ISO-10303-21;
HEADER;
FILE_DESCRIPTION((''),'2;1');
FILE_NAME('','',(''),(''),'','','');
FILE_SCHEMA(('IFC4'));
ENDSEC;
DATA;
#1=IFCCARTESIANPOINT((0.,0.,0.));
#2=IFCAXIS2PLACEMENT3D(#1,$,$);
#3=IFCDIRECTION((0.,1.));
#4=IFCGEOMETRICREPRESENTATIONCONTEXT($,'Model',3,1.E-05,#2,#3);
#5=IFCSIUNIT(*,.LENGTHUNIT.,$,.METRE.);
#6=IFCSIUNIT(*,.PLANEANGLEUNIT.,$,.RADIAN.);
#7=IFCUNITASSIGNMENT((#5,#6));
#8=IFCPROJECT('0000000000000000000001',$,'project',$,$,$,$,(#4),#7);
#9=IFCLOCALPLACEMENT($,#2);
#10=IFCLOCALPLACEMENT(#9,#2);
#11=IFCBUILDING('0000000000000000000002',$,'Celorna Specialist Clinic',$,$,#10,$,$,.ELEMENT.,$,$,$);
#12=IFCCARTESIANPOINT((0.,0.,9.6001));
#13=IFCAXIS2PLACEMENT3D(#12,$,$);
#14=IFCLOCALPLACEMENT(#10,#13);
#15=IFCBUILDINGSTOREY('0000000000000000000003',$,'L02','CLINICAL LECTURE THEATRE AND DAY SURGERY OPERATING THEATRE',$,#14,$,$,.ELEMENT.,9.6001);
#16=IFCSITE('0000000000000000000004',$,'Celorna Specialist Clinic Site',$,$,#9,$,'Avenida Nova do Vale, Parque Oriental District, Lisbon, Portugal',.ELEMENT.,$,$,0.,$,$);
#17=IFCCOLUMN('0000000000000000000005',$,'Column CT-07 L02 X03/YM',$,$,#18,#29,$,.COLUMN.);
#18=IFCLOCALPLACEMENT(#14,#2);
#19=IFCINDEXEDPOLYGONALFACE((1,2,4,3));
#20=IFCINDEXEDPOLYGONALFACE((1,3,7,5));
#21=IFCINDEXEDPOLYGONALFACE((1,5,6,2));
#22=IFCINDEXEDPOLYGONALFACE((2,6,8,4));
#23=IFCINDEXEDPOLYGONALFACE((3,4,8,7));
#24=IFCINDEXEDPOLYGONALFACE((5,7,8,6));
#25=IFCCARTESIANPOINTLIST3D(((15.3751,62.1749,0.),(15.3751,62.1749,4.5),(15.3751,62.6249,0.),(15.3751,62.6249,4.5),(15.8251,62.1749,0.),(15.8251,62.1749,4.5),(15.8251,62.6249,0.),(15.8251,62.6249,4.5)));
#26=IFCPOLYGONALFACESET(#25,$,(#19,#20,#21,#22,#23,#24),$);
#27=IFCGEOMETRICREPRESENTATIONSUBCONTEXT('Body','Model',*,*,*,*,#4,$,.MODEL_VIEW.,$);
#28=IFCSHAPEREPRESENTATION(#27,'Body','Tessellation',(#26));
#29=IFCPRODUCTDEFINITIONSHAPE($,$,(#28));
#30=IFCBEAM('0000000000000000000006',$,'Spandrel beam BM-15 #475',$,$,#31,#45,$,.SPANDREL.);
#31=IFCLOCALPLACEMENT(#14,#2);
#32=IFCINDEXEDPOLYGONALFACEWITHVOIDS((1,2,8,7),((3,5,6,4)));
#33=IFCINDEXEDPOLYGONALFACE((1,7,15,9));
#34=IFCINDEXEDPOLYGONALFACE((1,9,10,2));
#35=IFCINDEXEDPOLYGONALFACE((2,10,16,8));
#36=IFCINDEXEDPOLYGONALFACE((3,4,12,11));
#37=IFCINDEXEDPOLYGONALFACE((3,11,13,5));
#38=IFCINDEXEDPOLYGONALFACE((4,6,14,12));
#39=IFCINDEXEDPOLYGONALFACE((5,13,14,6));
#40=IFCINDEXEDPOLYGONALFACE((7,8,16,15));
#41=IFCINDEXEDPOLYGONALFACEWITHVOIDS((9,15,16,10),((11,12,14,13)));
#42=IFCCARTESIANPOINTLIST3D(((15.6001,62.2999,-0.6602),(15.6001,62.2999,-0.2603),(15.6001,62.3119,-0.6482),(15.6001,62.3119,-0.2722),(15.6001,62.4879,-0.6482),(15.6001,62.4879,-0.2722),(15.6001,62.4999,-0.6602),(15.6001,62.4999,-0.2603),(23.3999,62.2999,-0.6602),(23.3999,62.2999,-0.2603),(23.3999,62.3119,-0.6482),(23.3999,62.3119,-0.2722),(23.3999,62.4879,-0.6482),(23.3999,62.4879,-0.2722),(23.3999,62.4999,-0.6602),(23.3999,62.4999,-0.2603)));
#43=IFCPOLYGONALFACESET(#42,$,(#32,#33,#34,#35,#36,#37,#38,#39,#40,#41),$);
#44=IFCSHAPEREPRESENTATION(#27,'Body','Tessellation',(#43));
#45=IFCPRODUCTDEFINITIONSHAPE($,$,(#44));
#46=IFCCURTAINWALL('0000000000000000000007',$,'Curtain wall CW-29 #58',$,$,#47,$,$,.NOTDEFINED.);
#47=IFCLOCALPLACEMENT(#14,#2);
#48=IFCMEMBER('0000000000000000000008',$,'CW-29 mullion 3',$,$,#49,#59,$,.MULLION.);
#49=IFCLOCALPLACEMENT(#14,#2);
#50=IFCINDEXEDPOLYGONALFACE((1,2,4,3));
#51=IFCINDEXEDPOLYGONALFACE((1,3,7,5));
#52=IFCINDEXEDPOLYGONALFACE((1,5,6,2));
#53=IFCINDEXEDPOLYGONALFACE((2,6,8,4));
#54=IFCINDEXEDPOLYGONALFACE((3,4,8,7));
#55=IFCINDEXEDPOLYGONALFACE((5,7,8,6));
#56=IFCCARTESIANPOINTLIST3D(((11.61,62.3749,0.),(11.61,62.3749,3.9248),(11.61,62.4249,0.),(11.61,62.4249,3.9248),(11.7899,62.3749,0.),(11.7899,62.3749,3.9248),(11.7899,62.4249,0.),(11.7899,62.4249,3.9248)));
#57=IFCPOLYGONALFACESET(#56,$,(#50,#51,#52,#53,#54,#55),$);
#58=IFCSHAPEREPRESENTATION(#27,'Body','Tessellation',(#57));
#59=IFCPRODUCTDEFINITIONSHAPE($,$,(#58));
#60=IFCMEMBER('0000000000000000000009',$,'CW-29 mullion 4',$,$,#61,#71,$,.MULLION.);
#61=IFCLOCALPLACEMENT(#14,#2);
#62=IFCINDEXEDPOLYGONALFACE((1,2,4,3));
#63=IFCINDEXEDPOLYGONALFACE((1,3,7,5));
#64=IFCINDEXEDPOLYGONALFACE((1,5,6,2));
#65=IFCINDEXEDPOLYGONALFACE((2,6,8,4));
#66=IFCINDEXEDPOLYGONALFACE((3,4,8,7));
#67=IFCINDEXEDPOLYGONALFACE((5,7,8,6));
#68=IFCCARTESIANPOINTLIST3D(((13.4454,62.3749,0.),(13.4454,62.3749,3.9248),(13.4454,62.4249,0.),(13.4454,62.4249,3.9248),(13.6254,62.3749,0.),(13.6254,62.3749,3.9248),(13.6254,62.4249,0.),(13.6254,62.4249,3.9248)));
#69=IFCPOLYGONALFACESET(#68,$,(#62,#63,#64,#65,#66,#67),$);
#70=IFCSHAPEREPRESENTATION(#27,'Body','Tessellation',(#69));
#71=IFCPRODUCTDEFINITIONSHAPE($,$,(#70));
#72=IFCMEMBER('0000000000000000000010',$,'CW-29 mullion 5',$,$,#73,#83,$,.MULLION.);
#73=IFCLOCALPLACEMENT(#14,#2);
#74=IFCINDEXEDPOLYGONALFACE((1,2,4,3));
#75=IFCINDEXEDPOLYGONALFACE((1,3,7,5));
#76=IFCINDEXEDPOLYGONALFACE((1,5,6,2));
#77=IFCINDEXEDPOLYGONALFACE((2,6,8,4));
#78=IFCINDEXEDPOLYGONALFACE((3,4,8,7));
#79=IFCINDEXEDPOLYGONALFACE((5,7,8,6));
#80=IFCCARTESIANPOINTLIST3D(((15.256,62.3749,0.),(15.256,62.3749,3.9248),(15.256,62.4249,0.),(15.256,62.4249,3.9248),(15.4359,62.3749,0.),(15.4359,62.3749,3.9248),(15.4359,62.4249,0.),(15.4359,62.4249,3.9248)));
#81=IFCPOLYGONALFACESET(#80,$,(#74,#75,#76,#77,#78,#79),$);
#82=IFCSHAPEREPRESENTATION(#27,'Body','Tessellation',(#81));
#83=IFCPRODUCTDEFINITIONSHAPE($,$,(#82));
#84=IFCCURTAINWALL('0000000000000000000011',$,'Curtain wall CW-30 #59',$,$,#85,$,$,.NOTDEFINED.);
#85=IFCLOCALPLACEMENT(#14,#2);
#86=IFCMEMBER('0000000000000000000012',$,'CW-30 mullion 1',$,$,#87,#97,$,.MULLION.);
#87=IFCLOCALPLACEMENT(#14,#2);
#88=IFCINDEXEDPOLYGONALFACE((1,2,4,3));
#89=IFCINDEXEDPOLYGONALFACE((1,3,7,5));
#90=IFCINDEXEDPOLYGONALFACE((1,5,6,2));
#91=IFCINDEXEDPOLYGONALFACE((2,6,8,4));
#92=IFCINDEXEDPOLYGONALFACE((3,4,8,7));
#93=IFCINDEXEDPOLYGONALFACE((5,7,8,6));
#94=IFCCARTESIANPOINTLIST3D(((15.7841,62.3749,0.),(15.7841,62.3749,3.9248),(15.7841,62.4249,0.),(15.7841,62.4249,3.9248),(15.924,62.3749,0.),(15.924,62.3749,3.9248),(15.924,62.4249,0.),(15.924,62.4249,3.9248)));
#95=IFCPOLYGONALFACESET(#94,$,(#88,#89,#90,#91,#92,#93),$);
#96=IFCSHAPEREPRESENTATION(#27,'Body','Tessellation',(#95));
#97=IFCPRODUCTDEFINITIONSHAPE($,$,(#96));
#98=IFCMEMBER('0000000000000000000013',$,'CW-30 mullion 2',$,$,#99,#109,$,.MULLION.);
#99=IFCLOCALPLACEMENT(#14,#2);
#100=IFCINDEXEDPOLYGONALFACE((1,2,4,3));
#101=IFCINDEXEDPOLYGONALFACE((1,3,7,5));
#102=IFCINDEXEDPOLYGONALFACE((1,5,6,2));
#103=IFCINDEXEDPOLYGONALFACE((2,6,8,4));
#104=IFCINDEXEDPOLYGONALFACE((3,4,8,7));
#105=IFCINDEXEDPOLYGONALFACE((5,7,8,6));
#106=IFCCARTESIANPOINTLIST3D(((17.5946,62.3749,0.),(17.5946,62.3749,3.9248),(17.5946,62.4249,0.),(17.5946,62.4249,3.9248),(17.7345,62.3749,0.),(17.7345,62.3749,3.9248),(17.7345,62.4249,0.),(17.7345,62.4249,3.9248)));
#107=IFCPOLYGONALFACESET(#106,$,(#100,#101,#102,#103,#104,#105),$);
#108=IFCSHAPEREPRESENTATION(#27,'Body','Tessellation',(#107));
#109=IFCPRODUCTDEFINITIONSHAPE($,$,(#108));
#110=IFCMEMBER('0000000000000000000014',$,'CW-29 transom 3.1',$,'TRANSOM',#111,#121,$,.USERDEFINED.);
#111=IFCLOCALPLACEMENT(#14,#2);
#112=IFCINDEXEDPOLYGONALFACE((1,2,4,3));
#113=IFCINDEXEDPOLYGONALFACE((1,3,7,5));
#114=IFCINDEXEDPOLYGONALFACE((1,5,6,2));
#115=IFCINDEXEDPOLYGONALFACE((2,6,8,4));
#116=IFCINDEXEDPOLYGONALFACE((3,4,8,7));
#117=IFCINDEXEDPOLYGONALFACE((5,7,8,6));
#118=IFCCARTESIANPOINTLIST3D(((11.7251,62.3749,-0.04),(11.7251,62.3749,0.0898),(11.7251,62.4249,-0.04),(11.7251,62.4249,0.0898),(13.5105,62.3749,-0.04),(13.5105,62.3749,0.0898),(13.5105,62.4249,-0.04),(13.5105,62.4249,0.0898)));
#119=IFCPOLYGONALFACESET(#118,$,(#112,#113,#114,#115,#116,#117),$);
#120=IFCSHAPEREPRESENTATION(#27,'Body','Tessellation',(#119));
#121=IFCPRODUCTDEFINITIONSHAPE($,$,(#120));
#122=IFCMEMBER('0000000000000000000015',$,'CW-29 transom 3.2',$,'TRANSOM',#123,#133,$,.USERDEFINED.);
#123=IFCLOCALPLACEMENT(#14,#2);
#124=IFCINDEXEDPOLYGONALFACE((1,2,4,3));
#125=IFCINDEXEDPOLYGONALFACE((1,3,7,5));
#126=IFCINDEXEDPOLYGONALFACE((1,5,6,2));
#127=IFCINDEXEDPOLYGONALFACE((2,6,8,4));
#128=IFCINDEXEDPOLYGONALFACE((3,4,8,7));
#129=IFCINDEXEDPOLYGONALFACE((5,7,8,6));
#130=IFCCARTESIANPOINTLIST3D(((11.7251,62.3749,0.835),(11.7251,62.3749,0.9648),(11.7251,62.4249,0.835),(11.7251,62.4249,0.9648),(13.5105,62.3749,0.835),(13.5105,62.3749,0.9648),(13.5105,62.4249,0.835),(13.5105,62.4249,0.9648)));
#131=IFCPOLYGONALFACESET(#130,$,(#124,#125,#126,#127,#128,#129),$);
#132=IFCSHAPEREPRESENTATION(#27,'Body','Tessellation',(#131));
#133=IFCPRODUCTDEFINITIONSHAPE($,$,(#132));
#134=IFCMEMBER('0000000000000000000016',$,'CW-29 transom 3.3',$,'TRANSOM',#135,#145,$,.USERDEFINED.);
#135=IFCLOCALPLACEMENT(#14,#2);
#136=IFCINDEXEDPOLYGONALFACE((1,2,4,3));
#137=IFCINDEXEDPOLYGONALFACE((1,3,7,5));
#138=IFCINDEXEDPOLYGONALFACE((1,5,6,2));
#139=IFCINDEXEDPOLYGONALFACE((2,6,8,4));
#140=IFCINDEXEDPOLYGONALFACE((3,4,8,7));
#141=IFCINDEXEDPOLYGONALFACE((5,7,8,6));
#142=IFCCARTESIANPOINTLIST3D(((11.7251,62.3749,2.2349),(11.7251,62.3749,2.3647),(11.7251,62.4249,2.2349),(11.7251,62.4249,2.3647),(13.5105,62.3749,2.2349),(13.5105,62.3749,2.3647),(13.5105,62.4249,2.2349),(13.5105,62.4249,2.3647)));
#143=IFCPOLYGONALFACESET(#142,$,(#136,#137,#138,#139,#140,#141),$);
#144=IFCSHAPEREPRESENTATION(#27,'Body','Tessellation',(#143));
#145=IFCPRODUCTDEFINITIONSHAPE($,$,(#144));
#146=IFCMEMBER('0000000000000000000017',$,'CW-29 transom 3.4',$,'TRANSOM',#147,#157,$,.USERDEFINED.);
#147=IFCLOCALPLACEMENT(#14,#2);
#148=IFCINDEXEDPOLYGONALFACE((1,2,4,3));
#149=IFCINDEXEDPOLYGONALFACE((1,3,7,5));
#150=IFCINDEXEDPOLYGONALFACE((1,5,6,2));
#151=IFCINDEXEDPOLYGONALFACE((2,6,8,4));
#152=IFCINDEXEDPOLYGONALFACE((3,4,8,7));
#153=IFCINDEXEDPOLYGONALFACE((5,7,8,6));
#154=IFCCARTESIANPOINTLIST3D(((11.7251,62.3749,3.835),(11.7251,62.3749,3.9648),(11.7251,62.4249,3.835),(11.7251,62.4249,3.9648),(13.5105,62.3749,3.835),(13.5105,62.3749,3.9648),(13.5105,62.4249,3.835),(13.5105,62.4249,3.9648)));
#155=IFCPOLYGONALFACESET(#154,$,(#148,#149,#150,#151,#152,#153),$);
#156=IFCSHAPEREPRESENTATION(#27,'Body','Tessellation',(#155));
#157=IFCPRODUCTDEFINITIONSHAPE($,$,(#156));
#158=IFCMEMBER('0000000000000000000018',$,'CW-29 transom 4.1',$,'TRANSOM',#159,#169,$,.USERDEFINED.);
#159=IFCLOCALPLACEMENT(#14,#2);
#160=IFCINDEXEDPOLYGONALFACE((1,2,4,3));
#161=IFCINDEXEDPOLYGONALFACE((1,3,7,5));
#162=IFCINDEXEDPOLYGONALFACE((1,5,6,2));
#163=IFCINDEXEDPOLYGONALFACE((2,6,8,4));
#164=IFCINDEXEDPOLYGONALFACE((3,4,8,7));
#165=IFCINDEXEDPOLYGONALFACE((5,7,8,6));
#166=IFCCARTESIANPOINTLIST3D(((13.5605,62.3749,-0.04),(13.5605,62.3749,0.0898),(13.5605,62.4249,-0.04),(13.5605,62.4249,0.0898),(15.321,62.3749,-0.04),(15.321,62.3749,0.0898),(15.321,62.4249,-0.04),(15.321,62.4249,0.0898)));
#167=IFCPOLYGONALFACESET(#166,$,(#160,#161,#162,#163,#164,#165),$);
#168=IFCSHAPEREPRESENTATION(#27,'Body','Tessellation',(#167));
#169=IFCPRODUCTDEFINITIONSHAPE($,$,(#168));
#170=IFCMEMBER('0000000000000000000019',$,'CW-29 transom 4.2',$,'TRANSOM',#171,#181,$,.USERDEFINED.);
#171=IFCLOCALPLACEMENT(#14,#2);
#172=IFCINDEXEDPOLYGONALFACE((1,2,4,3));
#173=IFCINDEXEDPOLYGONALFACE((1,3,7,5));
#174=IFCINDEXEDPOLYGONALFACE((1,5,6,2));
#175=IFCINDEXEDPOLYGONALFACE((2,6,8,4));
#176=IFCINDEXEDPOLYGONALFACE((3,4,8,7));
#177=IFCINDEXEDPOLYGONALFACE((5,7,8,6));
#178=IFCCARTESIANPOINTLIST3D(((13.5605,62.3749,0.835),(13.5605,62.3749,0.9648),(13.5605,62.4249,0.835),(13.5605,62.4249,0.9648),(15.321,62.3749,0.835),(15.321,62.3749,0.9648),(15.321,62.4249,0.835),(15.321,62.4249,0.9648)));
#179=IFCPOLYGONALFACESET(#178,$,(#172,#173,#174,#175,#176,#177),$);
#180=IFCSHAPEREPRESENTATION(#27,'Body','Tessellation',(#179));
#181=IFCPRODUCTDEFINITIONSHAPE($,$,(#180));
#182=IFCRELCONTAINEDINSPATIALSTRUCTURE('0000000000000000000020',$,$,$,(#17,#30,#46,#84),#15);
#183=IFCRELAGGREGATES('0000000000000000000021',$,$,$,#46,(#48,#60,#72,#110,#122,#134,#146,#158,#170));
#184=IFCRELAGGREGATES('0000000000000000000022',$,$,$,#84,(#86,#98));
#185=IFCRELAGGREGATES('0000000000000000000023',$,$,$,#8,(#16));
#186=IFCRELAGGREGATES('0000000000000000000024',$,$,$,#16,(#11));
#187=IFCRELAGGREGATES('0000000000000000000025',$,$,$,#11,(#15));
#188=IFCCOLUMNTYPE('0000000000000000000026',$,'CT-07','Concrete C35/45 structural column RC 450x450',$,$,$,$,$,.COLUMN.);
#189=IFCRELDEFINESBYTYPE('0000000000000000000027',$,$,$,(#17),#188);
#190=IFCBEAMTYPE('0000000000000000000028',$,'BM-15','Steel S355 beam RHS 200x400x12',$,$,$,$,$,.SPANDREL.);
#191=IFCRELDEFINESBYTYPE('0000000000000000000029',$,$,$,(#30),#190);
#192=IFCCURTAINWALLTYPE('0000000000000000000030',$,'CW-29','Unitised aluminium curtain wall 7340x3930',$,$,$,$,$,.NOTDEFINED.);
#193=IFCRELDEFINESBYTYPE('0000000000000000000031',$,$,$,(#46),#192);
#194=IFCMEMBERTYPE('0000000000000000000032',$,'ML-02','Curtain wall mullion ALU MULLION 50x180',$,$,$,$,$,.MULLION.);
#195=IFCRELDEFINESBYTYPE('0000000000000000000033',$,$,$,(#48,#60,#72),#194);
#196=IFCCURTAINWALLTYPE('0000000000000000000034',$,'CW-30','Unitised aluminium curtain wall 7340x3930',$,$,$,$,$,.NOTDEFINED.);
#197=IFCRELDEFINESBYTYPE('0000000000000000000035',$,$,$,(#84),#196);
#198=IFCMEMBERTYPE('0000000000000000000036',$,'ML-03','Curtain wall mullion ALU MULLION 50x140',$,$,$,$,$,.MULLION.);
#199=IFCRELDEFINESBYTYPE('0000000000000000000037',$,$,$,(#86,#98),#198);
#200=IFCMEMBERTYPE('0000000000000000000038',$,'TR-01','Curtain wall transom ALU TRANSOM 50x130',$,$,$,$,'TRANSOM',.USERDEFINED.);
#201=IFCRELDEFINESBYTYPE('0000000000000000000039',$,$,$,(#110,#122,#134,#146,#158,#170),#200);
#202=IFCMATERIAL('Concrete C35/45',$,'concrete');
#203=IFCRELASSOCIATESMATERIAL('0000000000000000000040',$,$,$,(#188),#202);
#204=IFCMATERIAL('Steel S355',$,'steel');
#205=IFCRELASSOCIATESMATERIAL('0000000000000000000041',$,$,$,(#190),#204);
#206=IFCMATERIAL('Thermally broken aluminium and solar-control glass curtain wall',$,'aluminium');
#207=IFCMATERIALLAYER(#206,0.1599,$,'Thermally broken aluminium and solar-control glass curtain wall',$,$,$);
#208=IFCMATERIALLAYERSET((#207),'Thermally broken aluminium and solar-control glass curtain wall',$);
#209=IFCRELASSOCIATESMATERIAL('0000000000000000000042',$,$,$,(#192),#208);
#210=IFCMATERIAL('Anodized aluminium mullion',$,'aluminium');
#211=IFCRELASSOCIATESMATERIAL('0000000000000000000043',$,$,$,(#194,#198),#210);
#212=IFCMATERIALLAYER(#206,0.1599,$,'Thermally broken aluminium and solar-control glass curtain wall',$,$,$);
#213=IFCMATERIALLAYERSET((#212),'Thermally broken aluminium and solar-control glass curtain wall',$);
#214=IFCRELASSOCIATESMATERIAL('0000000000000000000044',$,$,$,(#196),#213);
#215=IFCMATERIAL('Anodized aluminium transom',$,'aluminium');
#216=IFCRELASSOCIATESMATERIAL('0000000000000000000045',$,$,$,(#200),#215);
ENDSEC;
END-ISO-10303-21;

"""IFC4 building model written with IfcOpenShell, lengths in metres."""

from ifc_helpers import new_model, si_unit, direction, frame, origin, origin_2d, place, context, subcontext, project, spatial, rectangle, hollow_rectangle, extrude, material, layer, layer_set, material_profile, profile_set, type_object, element, aggregate, save


model = new_model("IFC4")

# Units and contexts
model_context = context("Model", 3, precision=1e-05, world=origin(), true_north=direction((0.0, 1.0)))
body_context = subcontext(model_context, "Body", "Model", "MODEL_VIEW")
ifc_project = project(units=[si_unit("LENGTHUNIT", "METRE"), si_unit("PLANEANGLEUNIT", "RADIAN")], contexts=[model_context])

# Site, building, storey
site_placement = place(None, origin())
site = spatial("IfcSite", under=ifc_project, at=site_placement, Name="Celorna Specialist Clinic Site", LongName="Avenida Nova do Vale, Parque Oriental District, Lisbon, Portugal", CompositionType="ELEMENT", RefElevation=0.0)
building_placement = place(site_placement, origin())
building = spatial("IfcBuilding", under=site, at=building_placement, Name="Celorna Specialist Clinic", CompositionType="ELEMENT")
storey_placement = place(building_placement, frame((0.0, 0.0, 9.6001)))
storey = spatial("IfcBuildingStorey", under=building, at=storey_placement, Name="L02", Description="CLINICAL LECTURE THEATRE AND DAY SURGERY OPERATING THEATRE", CompositionType="ELEMENT", Elevation=9.6001)

# Column
ifc_material_1 = material(Name="Concrete C35/45", Category="concrete")
ifc_material_profile_1 = material_profile(ifc_material_1, rectangle(XDim=0.45, YDim=0.45, at=origin_2d()), Name="RC 450x450")
ifc_profile_set_1 = profile_set([ifc_material_profile_1], Name="Concrete C35/45")
column_type = type_object("IfcColumnType", Name="CT-07", Description="Concrete C35/45 structural column RC 450x450", PredefinedType="COLUMN", material=ifc_profile_set_1)
column_placement = place(storey_placement, frame((15.6001, 62.3999, 0.0), z_axis=(0.0, 0.0, 1.0), x_axis=(1.0, 0.0, 0.0)))
element("IfcColumn", 1, at=column_placement, inside=storey, type_object=column_type, Name="Column CT-07 L02 X03/YM", PredefinedType="COLUMN", context=body_context, shape_type="SweptSolid", body=[
    extrude(rectangle(XDim=0.45, YDim=0.45, at=origin_2d()), origin(), (0.0, 0.0, 1.0), 4.5),
])

# Beam
ifc_material_2 = material(Name="Steel S355", Category="steel")
ifc_material_profile_2 = material_profile(ifc_material_2, hollow_rectangle(XDim=0.2, YDim=0.3999, WallThickness=0.012, at=origin_2d()), Name="RHS 200x400x12")
ifc_profile_set_2 = profile_set([ifc_material_profile_2], Name="Steel S355")
beam_type = type_object("IfcBeamType", Name="BM-15", Description="Steel S355 beam RHS 200x400x12", PredefinedType="SPANDREL", material=ifc_profile_set_2)
beam_placement = place(storey_placement, frame((15.6001, 62.3999, -0.4602), z_axis=(1.0, 0.0, 0.0), x_axis=(0.0, 1.0, 0.0)))
element("IfcBeam", 2, at=beam_placement, inside=storey, type_object=beam_type, Name="Spandrel beam BM-15 #475", PredefinedType="SPANDREL", context=body_context, shape_type="SweptSolid", body=[
    extrude(hollow_rectangle(XDim=0.2, YDim=0.3999, WallThickness=0.012, at=origin_2d()), origin(), (0.0, 0.0, 1.0), 7.7998),
])

# Curtain walls, members
ifc_material_3 = material(Name="Thermally broken aluminium and solar-control glass curtain wall", Category="aluminium")
ifc_layer_1 = layer(ifc_material_3, 0.1599, Name="Thermally broken aluminium and solar-control glass curtain wall")
ifc_layer_set_1 = layer_set([ifc_layer_1], Name="Thermally broken aluminium and solar-control glass curtain wall")
curtain_wall_type_1 = type_object("IfcCurtainWallType", Name="CW-29", Description="Unitised aluminium curtain wall 7340x3930", PredefinedType="NOTDEFINED", material=ifc_layer_set_1)
curtain_wall_1_placement = place(storey_placement, origin())
curtain_wall_1 = element("IfcCurtainWall", 3, at=curtain_wall_1_placement, inside=storey, type_object=curtain_wall_type_1, Name="Curtain wall CW-29 #58", PredefinedType="NOTDEFINED")
ifc_material_4 = material(Name="Anodized aluminium mullion", Category="aluminium")
ifc_material_profile_3 = material_profile(ifc_material_4, rectangle(XDim=0.05, YDim=0.1799, at=origin_2d()), Name="ALU MULLION 50x180")
ifc_profile_set_3 = profile_set([ifc_material_profile_3], Name="Anodized aluminium mullion")
member_type_1 = type_object("IfcMemberType", Name="ML-02", Description="Curtain wall mullion ALU MULLION 50x180", PredefinedType="MULLION", material=ifc_profile_set_3)
member_1_placement = place(storey_placement, frame((11.7, 62.3999, 0.0), z_axis=(0.0, 0.0, 1.0), x_axis=(0.0, 1.0, 0.0)))
member_1 = element("IfcMember", 4, at=member_1_placement, type_object=member_type_1, Name="CW-29 mullion 3", PredefinedType="MULLION", context=body_context, shape_type="SweptSolid", body=[
    extrude(rectangle(XDim=0.05, YDim=0.1799, at=origin_2d()), origin(), (0.0, 0.0, 1.0), 3.9248),
])
member_2_placement = place(storey_placement, frame((13.5354, 62.3999, 0.0), z_axis=(0.0, 0.0, 1.0), x_axis=(0.0, 1.0, 0.0)))
member_2 = element("IfcMember", 5, at=member_2_placement, type_object=member_type_1, Name="CW-29 mullion 4", PredefinedType="MULLION", context=body_context, shape_type="SweptSolid", body=[
    extrude(rectangle(XDim=0.05, YDim=0.1799, at=origin_2d()), origin(), (0.0, 0.0, 1.0), 3.9248),
])
member_3_placement = place(storey_placement, frame((15.3459, 62.3999, 0.0), z_axis=(0.0, 0.0, 1.0), x_axis=(0.0, 1.0, 0.0)))
member_3 = element("IfcMember", 6, at=member_3_placement, type_object=member_type_1, Name="CW-29 mullion 5", PredefinedType="MULLION", context=body_context, shape_type="SweptSolid", body=[
    extrude(rectangle(XDim=0.05, YDim=0.1799, at=origin_2d()), origin(), (0.0, 0.0, 1.0), 3.9248),
])
ifc_layer_2 = layer(ifc_material_3, 0.1599, Name="Thermally broken aluminium and solar-control glass curtain wall")
ifc_layer_set_2 = layer_set([ifc_layer_2], Name="Thermally broken aluminium and solar-control glass curtain wall")
curtain_wall_type_2 = type_object("IfcCurtainWallType", Name="CW-30", Description="Unitised aluminium curtain wall 7340x3930", PredefinedType="NOTDEFINED", material=ifc_layer_set_2)
curtain_wall_2_placement = place(storey_placement, origin())
curtain_wall_2 = element("IfcCurtainWall", 7, at=curtain_wall_2_placement, inside=storey, type_object=curtain_wall_type_2, Name="Curtain wall CW-30 #59", PredefinedType="NOTDEFINED")
ifc_material_profile_4 = material_profile(ifc_material_4, rectangle(XDim=0.05, YDim=0.1399, at=origin_2d()), Name="ALU MULLION 50x140")
ifc_profile_set_4 = profile_set([ifc_material_profile_4], Name="Anodized aluminium mullion")
member_type_2 = type_object("IfcMemberType", Name="ML-03", Description="Curtain wall mullion ALU MULLION 50x140", PredefinedType="MULLION", material=ifc_profile_set_4)
member_4_placement = place(storey_placement, frame((15.854, 62.3999, 0.0), z_axis=(0.0, 0.0, 1.0), x_axis=(0.0, 1.0, 0.0)))
member_4 = element("IfcMember", 8, at=member_4_placement, type_object=member_type_2, Name="CW-30 mullion 1", PredefinedType="MULLION", context=body_context, shape_type="SweptSolid", body=[
    extrude(rectangle(XDim=0.05, YDim=0.1399, at=origin_2d()), origin(), (0.0, 0.0, 1.0), 3.9248),
])
member_5_placement = place(storey_placement, frame((17.6646, 62.3999, 0.0), z_axis=(0.0, 0.0, 1.0), x_axis=(0.0, 1.0, 0.0)))
member_5 = element("IfcMember", 9, at=member_5_placement, type_object=member_type_2, Name="CW-30 mullion 2", PredefinedType="MULLION", context=body_context, shape_type="SweptSolid", body=[
    extrude(rectangle(XDim=0.05, YDim=0.1399, at=origin_2d()), origin(), (0.0, 0.0, 1.0), 3.9248),
])

# Members
ifc_material_5 = material(Name="Anodized aluminium transom", Category="aluminium")
ifc_material_profile_5 = material_profile(ifc_material_5, rectangle(XDim=0.05, YDim=0.1299, at=origin_2d()), Name="ALU TRANSOM 50x130")
ifc_profile_set_5 = profile_set([ifc_material_profile_5], Name="Anodized aluminium transom")
member_type_3 = type_object("IfcMemberType", Name="TR-01", Description="Curtain wall transom ALU TRANSOM 50x130", ElementType="TRANSOM", PredefinedType="USERDEFINED", material=ifc_profile_set_5)
member_6_placement = place(storey_placement, frame((11.7251, 62.3999, 0.0249), z_axis=(1.0, 0.0, 0.0), x_axis=(0.0, 1.0, 0.0)))
member_6 = element("IfcMember", 10, at=member_6_placement, type_object=member_type_3, Name="CW-29 transom 3.1", ObjectType="TRANSOM", PredefinedType="USERDEFINED", context=body_context, shape_type="SweptSolid", body=[
    extrude(rectangle(XDim=0.05, YDim=0.1299, at=origin_2d()), origin(), (0.0, 0.0, 1.0), 1.7854),
])
member_7_placement = place(storey_placement, frame((11.7251, 62.3999, 0.8999), z_axis=(1.0, 0.0, 0.0), x_axis=(0.0, 1.0, 0.0)))
member_7 = element("IfcMember", 11, at=member_7_placement, type_object=member_type_3, Name="CW-29 transom 3.2", ObjectType="TRANSOM", PredefinedType="USERDEFINED", context=body_context, shape_type="SweptSolid", body=[
    extrude(rectangle(XDim=0.05, YDim=0.1299, at=origin_2d()), origin(), (0.0, 0.0, 1.0), 1.7854),
])
member_8_placement = place(storey_placement, frame((11.7251, 62.3999, 2.2998), z_axis=(1.0, 0.0, 0.0), x_axis=(0.0, 1.0, 0.0)))
member_8 = element("IfcMember", 12, at=member_8_placement, type_object=member_type_3, Name="CW-29 transom 3.3", ObjectType="TRANSOM", PredefinedType="USERDEFINED", context=body_context, shape_type="SweptSolid", body=[
    extrude(rectangle(XDim=0.05, YDim=0.1299, at=origin_2d()), origin(), (0.0, 0.0, 1.0), 1.7854),
])
member_9_placement = place(storey_placement, frame((11.7251, 62.3999, 3.8999), z_axis=(1.0, 0.0, 0.0), x_axis=(0.0, 1.0, 0.0)))
member_9 = element("IfcMember", 13, at=member_9_placement, type_object=member_type_3, Name="CW-29 transom 3.4", ObjectType="TRANSOM", PredefinedType="USERDEFINED", context=body_context, shape_type="SweptSolid", body=[
    extrude(rectangle(XDim=0.05, YDim=0.1299, at=origin_2d()), origin(), (0.0, 0.0, 1.0), 1.7854),
])
member_10_placement = place(storey_placement, frame((13.5605, 62.3999, 0.0249), z_axis=(1.0, 0.0, 0.0), x_axis=(0.0, 1.0, 0.0)))
member_10 = element("IfcMember", 14, at=member_10_placement, type_object=member_type_3, Name="CW-29 transom 4.1", ObjectType="TRANSOM", PredefinedType="USERDEFINED", context=body_context, shape_type="SweptSolid", body=[
    extrude(rectangle(XDim=0.05, YDim=0.1299, at=origin_2d()), origin(), (0.0, 0.0, 1.0), 1.7605),
])
member_11_placement = place(storey_placement, frame((13.5605, 62.3999, 0.8999), z_axis=(1.0, 0.0, 0.0), x_axis=(0.0, 1.0, 0.0)))
member_11 = element("IfcMember", 15, at=member_11_placement, type_object=member_type_3, Name="CW-29 transom 4.2", ObjectType="TRANSOM", PredefinedType="USERDEFINED", context=body_context, shape_type="SweptSolid", body=[
    extrude(rectangle(XDim=0.05, YDim=0.1299, at=origin_2d()), origin(), (0.0, 0.0, 1.0), 1.7605),
])

aggregate(curtain_wall_1, [member_1, member_2, member_3, member_6, member_7, member_8, member_9, member_10, member_11])
aggregate(curtain_wall_2, [member_4, member_5])

save(model, "model.ifc")
